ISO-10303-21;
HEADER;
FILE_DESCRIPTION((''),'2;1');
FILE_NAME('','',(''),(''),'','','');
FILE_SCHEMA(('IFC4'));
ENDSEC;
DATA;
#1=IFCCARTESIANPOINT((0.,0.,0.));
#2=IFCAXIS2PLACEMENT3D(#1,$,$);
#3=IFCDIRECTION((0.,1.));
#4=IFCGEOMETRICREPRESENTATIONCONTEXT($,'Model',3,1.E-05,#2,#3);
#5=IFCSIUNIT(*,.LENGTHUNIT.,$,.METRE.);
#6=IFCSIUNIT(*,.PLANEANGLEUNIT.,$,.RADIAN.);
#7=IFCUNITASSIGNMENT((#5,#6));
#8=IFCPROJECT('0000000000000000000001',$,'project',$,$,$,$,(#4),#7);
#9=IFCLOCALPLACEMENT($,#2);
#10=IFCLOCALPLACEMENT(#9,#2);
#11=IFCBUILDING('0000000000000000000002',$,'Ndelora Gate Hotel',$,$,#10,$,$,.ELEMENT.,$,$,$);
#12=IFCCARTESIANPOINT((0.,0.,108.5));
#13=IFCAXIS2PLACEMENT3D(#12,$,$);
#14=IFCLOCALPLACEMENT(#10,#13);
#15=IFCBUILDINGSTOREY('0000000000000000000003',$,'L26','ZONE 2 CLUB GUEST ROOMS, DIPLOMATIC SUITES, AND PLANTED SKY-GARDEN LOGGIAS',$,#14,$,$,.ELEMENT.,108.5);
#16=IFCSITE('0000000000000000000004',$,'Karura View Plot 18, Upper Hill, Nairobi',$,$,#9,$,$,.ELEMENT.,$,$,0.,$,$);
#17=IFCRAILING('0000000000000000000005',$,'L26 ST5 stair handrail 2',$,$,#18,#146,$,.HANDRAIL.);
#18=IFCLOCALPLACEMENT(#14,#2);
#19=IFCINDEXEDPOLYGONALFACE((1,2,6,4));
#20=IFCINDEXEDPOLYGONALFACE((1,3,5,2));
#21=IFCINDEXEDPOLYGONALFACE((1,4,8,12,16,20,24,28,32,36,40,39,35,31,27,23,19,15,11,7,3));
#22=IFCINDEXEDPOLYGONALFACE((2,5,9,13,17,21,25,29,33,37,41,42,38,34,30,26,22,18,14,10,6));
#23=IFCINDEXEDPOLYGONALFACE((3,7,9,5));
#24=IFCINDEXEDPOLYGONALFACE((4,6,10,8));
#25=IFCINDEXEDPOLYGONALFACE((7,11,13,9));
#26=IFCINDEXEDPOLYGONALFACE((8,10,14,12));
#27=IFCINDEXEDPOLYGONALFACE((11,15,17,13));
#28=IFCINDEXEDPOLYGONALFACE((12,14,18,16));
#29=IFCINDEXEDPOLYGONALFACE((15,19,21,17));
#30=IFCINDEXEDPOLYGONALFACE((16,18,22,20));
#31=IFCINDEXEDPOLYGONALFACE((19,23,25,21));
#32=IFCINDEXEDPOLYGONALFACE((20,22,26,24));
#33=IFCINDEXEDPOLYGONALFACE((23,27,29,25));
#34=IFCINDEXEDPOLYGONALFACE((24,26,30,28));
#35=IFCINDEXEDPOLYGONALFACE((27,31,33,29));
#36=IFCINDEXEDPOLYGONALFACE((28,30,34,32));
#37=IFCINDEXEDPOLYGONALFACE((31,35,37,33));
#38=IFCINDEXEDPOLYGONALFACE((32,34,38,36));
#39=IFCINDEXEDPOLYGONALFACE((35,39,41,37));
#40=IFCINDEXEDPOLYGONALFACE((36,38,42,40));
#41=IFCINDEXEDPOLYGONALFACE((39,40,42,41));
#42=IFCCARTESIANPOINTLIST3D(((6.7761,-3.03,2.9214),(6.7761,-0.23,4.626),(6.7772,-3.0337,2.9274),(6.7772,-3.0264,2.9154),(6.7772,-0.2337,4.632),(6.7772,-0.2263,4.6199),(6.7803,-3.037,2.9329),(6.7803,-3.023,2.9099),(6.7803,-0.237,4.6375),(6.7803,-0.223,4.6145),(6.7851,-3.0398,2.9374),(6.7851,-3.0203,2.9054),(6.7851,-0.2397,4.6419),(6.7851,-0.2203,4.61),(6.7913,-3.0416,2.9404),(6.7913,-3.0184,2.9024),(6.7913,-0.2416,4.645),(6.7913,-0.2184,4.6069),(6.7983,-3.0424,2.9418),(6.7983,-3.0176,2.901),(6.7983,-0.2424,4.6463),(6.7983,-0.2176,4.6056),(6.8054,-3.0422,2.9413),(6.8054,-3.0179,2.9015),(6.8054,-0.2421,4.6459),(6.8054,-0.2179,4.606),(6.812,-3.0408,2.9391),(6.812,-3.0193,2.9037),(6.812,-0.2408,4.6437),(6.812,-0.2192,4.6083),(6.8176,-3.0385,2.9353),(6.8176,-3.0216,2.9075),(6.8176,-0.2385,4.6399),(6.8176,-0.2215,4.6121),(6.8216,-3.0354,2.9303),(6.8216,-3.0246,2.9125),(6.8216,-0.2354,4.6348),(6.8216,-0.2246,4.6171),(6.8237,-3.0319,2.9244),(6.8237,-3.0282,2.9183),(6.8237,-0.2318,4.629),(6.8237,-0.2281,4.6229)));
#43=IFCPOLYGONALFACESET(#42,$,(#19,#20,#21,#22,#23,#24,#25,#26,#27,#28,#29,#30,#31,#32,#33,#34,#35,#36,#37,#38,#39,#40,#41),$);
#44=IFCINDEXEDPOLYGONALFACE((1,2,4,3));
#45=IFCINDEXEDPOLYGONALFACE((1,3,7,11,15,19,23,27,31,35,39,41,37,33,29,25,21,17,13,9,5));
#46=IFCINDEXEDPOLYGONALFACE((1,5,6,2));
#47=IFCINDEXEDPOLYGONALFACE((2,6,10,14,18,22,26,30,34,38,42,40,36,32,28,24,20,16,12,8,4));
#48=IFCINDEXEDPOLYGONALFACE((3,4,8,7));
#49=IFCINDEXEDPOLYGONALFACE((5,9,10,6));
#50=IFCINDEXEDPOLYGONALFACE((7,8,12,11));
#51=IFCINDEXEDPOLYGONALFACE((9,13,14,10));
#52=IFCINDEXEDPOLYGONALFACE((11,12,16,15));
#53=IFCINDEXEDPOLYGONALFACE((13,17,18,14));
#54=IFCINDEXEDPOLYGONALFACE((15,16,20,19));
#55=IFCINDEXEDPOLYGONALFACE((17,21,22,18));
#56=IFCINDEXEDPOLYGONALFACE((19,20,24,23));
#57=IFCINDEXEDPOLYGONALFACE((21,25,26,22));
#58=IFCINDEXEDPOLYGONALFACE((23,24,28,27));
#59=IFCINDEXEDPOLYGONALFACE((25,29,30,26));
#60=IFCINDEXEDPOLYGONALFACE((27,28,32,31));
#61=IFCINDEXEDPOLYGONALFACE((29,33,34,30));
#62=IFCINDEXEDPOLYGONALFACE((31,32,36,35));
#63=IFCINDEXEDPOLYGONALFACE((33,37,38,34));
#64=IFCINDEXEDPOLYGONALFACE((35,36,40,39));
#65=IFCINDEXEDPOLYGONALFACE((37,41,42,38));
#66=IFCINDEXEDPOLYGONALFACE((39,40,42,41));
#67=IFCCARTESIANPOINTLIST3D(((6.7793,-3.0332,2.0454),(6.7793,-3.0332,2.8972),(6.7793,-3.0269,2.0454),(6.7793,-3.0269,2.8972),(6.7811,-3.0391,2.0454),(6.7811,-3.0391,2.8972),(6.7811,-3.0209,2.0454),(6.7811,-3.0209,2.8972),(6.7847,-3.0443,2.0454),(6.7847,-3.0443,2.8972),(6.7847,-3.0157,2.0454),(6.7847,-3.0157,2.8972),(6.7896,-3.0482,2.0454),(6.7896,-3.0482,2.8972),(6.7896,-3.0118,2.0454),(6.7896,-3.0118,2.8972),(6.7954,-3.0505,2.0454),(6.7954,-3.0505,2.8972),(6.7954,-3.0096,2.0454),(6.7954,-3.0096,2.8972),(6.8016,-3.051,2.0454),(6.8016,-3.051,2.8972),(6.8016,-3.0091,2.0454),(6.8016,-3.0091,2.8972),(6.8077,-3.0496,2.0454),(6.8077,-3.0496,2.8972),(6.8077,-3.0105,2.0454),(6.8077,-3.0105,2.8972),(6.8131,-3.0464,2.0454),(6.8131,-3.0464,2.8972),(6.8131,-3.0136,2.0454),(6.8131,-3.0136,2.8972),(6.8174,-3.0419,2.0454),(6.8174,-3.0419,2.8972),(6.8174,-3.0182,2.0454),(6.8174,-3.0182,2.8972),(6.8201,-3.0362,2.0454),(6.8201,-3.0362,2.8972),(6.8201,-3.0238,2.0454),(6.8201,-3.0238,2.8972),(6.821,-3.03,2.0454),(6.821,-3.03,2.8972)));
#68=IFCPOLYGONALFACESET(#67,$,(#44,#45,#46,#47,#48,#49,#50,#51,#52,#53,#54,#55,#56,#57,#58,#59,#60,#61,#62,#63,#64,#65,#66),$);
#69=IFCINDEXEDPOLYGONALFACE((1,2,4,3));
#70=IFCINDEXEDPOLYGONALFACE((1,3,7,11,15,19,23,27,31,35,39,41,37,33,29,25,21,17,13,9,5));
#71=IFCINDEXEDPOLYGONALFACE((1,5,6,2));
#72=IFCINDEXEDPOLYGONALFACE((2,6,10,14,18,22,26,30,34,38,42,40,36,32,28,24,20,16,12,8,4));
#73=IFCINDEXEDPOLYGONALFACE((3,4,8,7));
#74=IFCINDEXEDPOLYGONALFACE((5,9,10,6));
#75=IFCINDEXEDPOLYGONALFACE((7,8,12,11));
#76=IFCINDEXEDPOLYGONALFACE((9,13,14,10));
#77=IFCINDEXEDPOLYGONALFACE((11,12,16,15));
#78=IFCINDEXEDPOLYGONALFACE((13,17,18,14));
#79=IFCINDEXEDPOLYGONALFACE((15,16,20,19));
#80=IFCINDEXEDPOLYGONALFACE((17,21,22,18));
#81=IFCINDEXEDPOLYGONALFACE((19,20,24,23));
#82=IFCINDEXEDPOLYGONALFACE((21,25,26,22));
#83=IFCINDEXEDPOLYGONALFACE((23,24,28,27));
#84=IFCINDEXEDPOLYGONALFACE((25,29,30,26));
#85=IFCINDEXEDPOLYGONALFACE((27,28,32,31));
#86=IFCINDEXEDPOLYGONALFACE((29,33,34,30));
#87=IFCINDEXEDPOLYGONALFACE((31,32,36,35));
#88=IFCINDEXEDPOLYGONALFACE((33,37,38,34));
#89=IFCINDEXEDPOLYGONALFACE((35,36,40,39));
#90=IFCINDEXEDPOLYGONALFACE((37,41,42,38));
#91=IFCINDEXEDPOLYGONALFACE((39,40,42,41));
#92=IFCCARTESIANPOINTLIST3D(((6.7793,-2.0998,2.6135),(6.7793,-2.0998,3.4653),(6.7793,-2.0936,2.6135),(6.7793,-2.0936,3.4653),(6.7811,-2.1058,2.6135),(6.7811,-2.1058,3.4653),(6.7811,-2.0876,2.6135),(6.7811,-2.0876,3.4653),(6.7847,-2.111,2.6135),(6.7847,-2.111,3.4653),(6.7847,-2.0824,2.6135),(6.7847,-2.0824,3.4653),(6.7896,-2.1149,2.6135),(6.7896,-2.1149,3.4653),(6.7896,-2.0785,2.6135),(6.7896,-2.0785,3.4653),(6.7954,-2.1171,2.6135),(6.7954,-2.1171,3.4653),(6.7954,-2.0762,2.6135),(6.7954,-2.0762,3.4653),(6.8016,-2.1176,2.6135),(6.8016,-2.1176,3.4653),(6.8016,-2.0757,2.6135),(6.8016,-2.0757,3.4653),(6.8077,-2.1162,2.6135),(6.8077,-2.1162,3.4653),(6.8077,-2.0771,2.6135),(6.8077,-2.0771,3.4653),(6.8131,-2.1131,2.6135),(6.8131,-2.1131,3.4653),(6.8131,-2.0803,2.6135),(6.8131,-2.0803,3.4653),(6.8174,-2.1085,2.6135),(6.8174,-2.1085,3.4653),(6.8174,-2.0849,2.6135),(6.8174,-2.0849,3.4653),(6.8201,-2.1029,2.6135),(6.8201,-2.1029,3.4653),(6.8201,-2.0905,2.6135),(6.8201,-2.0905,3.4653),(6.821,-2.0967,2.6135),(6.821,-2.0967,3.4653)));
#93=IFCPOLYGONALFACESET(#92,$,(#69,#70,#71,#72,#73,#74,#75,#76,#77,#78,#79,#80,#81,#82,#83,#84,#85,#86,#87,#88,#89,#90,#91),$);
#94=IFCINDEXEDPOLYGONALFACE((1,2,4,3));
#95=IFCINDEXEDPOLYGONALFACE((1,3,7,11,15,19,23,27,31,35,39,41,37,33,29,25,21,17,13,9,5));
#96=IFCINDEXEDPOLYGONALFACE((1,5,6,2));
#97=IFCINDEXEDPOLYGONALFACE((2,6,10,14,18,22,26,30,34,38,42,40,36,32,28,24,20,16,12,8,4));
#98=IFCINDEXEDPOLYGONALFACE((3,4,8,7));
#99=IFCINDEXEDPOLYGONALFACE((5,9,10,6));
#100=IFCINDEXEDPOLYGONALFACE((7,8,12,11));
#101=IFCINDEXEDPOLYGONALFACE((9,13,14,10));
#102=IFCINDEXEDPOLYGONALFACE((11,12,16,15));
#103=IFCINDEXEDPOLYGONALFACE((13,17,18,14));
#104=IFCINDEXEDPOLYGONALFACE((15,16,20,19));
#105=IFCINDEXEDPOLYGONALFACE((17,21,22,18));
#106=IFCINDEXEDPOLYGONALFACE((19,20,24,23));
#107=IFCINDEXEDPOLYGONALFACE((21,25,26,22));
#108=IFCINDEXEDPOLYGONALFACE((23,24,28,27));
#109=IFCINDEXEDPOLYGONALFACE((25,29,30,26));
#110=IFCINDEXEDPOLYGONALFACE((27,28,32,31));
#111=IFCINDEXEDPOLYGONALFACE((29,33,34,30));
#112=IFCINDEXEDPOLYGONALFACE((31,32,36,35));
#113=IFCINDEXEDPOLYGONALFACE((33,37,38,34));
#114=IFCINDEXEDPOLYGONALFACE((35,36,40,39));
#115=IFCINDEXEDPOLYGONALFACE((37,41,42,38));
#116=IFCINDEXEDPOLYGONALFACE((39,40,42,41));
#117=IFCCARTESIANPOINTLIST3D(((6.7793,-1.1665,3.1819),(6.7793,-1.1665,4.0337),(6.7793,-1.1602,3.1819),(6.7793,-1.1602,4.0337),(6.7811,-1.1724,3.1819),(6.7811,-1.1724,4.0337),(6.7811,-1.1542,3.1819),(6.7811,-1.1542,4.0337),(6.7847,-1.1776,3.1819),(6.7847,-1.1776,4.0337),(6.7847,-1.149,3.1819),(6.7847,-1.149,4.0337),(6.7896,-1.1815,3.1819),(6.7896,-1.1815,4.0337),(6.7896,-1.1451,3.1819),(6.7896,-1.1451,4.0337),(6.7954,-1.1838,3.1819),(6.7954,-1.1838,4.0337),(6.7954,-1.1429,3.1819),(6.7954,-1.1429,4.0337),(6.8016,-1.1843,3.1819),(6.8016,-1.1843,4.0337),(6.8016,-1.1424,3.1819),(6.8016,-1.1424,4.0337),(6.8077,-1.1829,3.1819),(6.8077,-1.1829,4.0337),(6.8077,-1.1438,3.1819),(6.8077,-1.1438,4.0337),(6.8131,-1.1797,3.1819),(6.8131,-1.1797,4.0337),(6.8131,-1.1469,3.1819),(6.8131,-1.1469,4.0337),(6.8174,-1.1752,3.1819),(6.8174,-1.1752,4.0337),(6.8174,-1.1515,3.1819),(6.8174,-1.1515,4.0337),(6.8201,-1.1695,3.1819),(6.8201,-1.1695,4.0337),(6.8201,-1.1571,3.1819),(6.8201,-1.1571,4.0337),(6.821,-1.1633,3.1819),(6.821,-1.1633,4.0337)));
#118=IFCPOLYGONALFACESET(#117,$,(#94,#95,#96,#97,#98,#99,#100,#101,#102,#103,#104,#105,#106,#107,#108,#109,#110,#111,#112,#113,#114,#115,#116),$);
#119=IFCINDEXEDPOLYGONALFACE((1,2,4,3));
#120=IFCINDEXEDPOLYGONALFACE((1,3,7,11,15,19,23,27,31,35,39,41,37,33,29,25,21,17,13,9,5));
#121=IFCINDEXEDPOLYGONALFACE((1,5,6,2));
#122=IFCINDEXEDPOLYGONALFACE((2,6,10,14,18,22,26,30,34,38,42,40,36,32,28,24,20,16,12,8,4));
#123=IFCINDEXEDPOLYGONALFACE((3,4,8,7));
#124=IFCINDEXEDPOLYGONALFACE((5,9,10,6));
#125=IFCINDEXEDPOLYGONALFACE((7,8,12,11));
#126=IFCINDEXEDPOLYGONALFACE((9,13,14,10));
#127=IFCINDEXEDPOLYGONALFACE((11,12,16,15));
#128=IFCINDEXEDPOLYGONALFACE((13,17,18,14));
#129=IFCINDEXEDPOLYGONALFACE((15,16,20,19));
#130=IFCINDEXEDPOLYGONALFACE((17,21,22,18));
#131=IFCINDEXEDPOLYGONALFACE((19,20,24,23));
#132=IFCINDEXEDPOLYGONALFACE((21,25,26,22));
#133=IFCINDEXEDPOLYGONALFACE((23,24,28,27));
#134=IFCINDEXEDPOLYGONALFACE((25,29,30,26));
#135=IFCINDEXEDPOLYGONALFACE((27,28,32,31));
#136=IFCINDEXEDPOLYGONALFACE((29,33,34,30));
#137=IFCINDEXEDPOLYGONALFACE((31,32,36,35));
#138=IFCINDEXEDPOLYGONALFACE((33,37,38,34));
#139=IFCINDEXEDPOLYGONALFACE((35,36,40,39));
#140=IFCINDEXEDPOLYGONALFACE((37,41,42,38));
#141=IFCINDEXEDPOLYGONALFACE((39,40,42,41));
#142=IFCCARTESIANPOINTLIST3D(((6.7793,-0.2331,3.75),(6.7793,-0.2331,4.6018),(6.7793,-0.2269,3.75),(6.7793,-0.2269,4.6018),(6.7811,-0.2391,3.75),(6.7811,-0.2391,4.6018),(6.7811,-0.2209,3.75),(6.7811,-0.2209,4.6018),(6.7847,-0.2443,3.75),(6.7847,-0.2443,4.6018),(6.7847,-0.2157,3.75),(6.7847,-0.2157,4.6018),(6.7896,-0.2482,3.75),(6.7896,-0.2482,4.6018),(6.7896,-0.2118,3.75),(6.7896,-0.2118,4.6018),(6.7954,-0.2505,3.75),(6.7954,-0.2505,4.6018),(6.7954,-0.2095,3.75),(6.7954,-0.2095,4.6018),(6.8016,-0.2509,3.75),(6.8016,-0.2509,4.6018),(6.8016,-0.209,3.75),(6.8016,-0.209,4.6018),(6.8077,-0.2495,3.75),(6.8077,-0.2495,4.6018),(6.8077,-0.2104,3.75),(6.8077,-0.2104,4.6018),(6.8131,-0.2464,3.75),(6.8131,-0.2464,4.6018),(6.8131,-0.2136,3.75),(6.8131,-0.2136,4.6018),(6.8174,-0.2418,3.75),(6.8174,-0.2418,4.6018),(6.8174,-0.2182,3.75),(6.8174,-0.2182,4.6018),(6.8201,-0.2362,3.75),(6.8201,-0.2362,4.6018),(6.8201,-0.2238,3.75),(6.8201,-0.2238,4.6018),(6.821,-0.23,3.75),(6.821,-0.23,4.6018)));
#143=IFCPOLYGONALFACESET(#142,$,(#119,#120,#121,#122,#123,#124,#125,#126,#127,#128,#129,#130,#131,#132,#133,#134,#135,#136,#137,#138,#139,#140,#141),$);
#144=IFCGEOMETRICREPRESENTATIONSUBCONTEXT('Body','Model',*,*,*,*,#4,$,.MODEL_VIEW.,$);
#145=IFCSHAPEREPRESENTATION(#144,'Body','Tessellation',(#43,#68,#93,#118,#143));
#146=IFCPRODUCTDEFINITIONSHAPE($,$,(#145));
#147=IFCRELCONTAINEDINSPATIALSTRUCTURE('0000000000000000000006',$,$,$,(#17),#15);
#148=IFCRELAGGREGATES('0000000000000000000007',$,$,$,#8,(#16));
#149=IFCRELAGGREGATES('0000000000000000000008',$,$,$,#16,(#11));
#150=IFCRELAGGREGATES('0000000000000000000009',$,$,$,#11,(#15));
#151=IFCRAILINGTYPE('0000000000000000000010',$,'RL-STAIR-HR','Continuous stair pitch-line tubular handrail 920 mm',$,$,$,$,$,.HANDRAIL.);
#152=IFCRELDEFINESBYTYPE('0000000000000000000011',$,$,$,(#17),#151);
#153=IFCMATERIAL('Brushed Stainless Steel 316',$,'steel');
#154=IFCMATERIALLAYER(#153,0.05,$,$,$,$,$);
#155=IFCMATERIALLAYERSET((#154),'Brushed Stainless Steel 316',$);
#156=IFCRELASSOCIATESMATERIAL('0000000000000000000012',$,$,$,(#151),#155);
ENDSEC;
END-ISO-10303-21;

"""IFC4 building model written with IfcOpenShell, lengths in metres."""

from ifc_helpers import new_model, si_unit, direction, frame, origin, origin_2d, place, context, subcontext, project, spatial, circle, extrude, material, layer, layer_set, type_object, element, save


model = new_model("IFC4")

# Units and contexts
model_context = context("Model", 3, precision=1e-05, world=origin(), true_north=direction((0.0, 1.0)))
body_context = subcontext(model_context, "Body", "Model", "MODEL_VIEW")
ifc_project = project(units=[si_unit("LENGTHUNIT", "METRE"), si_unit("PLANEANGLEUNIT", "RADIAN")], contexts=[model_context])

# Site, building, storey
site_placement = place(None, origin())
site = spatial("IfcSite", under=ifc_project, at=site_placement, Name="Karura View Plot 18, Upper Hill, Nairobi", CompositionType="ELEMENT", RefElevation=0.0)
building_placement = place(site_placement, origin())
building = spatial("IfcBuilding", under=site, at=building_placement, Name="Ndelora Gate Hotel", CompositionType="ELEMENT")
storey_placement = place(building_placement, frame((0.0, 0.0, 108.5)))
storey = spatial("IfcBuildingStorey", under=building, at=storey_placement, Name="L26", Description="ZONE 2 CLUB GUEST ROOMS, DIPLOMATIC SUITES, AND PLANTED SKY-GARDEN LOGGIAS", CompositionType="ELEMENT", Elevation=108.5)

# Railing
ifc_material_1 = material(Name="Brushed Stainless Steel 316", Category="steel")
ifc_layer_1 = layer(ifc_material_1, 0.05)
ifc_layer_set_1 = layer_set([ifc_layer_1], Name="Brushed Stainless Steel 316")
railing_type_1 = type_object("IfcRailingType", Name="RL-STAIR-HR", Description="Continuous stair pitch-line tubular handrail 920 mm", PredefinedType="HANDRAIL", material=ifc_layer_set_1)
railing_1_placement = place(storey_placement, frame((6.8, -3.03, 2.0454)))
element("IfcRailing", 1, at=railing_1_placement, inside=storey, type_object=railing_type_1, Name="L26 ST5 stair handrail 2", PredefinedType="HANDRAIL", context=body_context, shape_type="SweptSolid", body=[
    extrude(circle(Radius=0.0239, at=origin_2d()), frame((0.0, 0.0, 0.876), z_axis=(0.0, 0.85417, 0.519994), x_axis=(-1.0, 0.0, 0.0)), (0.0, 0.0, 1.0), 3.2781),
    extrude(circle(Radius=0.021, at=origin_2d()), origin(), (0.0, 0.0, 1.0), 0.8518),
    extrude(circle(Radius=0.021, at=origin_2d()), frame((0.0, 0.9333, 0.5681)), (0.0, 0.0, 1.0), 0.8518),
    extrude(circle(Radius=0.021, at=origin_2d()), frame((0.0, 1.8667, 1.1365)), (0.0, 0.0, 1.0), 0.8518),
    extrude(circle(Radius=0.021, at=origin_2d()), frame((0.0, 2.8, 1.7046)), (0.0, 0.0, 1.0), 0.8518),
])

save(model, "model.ifc")
